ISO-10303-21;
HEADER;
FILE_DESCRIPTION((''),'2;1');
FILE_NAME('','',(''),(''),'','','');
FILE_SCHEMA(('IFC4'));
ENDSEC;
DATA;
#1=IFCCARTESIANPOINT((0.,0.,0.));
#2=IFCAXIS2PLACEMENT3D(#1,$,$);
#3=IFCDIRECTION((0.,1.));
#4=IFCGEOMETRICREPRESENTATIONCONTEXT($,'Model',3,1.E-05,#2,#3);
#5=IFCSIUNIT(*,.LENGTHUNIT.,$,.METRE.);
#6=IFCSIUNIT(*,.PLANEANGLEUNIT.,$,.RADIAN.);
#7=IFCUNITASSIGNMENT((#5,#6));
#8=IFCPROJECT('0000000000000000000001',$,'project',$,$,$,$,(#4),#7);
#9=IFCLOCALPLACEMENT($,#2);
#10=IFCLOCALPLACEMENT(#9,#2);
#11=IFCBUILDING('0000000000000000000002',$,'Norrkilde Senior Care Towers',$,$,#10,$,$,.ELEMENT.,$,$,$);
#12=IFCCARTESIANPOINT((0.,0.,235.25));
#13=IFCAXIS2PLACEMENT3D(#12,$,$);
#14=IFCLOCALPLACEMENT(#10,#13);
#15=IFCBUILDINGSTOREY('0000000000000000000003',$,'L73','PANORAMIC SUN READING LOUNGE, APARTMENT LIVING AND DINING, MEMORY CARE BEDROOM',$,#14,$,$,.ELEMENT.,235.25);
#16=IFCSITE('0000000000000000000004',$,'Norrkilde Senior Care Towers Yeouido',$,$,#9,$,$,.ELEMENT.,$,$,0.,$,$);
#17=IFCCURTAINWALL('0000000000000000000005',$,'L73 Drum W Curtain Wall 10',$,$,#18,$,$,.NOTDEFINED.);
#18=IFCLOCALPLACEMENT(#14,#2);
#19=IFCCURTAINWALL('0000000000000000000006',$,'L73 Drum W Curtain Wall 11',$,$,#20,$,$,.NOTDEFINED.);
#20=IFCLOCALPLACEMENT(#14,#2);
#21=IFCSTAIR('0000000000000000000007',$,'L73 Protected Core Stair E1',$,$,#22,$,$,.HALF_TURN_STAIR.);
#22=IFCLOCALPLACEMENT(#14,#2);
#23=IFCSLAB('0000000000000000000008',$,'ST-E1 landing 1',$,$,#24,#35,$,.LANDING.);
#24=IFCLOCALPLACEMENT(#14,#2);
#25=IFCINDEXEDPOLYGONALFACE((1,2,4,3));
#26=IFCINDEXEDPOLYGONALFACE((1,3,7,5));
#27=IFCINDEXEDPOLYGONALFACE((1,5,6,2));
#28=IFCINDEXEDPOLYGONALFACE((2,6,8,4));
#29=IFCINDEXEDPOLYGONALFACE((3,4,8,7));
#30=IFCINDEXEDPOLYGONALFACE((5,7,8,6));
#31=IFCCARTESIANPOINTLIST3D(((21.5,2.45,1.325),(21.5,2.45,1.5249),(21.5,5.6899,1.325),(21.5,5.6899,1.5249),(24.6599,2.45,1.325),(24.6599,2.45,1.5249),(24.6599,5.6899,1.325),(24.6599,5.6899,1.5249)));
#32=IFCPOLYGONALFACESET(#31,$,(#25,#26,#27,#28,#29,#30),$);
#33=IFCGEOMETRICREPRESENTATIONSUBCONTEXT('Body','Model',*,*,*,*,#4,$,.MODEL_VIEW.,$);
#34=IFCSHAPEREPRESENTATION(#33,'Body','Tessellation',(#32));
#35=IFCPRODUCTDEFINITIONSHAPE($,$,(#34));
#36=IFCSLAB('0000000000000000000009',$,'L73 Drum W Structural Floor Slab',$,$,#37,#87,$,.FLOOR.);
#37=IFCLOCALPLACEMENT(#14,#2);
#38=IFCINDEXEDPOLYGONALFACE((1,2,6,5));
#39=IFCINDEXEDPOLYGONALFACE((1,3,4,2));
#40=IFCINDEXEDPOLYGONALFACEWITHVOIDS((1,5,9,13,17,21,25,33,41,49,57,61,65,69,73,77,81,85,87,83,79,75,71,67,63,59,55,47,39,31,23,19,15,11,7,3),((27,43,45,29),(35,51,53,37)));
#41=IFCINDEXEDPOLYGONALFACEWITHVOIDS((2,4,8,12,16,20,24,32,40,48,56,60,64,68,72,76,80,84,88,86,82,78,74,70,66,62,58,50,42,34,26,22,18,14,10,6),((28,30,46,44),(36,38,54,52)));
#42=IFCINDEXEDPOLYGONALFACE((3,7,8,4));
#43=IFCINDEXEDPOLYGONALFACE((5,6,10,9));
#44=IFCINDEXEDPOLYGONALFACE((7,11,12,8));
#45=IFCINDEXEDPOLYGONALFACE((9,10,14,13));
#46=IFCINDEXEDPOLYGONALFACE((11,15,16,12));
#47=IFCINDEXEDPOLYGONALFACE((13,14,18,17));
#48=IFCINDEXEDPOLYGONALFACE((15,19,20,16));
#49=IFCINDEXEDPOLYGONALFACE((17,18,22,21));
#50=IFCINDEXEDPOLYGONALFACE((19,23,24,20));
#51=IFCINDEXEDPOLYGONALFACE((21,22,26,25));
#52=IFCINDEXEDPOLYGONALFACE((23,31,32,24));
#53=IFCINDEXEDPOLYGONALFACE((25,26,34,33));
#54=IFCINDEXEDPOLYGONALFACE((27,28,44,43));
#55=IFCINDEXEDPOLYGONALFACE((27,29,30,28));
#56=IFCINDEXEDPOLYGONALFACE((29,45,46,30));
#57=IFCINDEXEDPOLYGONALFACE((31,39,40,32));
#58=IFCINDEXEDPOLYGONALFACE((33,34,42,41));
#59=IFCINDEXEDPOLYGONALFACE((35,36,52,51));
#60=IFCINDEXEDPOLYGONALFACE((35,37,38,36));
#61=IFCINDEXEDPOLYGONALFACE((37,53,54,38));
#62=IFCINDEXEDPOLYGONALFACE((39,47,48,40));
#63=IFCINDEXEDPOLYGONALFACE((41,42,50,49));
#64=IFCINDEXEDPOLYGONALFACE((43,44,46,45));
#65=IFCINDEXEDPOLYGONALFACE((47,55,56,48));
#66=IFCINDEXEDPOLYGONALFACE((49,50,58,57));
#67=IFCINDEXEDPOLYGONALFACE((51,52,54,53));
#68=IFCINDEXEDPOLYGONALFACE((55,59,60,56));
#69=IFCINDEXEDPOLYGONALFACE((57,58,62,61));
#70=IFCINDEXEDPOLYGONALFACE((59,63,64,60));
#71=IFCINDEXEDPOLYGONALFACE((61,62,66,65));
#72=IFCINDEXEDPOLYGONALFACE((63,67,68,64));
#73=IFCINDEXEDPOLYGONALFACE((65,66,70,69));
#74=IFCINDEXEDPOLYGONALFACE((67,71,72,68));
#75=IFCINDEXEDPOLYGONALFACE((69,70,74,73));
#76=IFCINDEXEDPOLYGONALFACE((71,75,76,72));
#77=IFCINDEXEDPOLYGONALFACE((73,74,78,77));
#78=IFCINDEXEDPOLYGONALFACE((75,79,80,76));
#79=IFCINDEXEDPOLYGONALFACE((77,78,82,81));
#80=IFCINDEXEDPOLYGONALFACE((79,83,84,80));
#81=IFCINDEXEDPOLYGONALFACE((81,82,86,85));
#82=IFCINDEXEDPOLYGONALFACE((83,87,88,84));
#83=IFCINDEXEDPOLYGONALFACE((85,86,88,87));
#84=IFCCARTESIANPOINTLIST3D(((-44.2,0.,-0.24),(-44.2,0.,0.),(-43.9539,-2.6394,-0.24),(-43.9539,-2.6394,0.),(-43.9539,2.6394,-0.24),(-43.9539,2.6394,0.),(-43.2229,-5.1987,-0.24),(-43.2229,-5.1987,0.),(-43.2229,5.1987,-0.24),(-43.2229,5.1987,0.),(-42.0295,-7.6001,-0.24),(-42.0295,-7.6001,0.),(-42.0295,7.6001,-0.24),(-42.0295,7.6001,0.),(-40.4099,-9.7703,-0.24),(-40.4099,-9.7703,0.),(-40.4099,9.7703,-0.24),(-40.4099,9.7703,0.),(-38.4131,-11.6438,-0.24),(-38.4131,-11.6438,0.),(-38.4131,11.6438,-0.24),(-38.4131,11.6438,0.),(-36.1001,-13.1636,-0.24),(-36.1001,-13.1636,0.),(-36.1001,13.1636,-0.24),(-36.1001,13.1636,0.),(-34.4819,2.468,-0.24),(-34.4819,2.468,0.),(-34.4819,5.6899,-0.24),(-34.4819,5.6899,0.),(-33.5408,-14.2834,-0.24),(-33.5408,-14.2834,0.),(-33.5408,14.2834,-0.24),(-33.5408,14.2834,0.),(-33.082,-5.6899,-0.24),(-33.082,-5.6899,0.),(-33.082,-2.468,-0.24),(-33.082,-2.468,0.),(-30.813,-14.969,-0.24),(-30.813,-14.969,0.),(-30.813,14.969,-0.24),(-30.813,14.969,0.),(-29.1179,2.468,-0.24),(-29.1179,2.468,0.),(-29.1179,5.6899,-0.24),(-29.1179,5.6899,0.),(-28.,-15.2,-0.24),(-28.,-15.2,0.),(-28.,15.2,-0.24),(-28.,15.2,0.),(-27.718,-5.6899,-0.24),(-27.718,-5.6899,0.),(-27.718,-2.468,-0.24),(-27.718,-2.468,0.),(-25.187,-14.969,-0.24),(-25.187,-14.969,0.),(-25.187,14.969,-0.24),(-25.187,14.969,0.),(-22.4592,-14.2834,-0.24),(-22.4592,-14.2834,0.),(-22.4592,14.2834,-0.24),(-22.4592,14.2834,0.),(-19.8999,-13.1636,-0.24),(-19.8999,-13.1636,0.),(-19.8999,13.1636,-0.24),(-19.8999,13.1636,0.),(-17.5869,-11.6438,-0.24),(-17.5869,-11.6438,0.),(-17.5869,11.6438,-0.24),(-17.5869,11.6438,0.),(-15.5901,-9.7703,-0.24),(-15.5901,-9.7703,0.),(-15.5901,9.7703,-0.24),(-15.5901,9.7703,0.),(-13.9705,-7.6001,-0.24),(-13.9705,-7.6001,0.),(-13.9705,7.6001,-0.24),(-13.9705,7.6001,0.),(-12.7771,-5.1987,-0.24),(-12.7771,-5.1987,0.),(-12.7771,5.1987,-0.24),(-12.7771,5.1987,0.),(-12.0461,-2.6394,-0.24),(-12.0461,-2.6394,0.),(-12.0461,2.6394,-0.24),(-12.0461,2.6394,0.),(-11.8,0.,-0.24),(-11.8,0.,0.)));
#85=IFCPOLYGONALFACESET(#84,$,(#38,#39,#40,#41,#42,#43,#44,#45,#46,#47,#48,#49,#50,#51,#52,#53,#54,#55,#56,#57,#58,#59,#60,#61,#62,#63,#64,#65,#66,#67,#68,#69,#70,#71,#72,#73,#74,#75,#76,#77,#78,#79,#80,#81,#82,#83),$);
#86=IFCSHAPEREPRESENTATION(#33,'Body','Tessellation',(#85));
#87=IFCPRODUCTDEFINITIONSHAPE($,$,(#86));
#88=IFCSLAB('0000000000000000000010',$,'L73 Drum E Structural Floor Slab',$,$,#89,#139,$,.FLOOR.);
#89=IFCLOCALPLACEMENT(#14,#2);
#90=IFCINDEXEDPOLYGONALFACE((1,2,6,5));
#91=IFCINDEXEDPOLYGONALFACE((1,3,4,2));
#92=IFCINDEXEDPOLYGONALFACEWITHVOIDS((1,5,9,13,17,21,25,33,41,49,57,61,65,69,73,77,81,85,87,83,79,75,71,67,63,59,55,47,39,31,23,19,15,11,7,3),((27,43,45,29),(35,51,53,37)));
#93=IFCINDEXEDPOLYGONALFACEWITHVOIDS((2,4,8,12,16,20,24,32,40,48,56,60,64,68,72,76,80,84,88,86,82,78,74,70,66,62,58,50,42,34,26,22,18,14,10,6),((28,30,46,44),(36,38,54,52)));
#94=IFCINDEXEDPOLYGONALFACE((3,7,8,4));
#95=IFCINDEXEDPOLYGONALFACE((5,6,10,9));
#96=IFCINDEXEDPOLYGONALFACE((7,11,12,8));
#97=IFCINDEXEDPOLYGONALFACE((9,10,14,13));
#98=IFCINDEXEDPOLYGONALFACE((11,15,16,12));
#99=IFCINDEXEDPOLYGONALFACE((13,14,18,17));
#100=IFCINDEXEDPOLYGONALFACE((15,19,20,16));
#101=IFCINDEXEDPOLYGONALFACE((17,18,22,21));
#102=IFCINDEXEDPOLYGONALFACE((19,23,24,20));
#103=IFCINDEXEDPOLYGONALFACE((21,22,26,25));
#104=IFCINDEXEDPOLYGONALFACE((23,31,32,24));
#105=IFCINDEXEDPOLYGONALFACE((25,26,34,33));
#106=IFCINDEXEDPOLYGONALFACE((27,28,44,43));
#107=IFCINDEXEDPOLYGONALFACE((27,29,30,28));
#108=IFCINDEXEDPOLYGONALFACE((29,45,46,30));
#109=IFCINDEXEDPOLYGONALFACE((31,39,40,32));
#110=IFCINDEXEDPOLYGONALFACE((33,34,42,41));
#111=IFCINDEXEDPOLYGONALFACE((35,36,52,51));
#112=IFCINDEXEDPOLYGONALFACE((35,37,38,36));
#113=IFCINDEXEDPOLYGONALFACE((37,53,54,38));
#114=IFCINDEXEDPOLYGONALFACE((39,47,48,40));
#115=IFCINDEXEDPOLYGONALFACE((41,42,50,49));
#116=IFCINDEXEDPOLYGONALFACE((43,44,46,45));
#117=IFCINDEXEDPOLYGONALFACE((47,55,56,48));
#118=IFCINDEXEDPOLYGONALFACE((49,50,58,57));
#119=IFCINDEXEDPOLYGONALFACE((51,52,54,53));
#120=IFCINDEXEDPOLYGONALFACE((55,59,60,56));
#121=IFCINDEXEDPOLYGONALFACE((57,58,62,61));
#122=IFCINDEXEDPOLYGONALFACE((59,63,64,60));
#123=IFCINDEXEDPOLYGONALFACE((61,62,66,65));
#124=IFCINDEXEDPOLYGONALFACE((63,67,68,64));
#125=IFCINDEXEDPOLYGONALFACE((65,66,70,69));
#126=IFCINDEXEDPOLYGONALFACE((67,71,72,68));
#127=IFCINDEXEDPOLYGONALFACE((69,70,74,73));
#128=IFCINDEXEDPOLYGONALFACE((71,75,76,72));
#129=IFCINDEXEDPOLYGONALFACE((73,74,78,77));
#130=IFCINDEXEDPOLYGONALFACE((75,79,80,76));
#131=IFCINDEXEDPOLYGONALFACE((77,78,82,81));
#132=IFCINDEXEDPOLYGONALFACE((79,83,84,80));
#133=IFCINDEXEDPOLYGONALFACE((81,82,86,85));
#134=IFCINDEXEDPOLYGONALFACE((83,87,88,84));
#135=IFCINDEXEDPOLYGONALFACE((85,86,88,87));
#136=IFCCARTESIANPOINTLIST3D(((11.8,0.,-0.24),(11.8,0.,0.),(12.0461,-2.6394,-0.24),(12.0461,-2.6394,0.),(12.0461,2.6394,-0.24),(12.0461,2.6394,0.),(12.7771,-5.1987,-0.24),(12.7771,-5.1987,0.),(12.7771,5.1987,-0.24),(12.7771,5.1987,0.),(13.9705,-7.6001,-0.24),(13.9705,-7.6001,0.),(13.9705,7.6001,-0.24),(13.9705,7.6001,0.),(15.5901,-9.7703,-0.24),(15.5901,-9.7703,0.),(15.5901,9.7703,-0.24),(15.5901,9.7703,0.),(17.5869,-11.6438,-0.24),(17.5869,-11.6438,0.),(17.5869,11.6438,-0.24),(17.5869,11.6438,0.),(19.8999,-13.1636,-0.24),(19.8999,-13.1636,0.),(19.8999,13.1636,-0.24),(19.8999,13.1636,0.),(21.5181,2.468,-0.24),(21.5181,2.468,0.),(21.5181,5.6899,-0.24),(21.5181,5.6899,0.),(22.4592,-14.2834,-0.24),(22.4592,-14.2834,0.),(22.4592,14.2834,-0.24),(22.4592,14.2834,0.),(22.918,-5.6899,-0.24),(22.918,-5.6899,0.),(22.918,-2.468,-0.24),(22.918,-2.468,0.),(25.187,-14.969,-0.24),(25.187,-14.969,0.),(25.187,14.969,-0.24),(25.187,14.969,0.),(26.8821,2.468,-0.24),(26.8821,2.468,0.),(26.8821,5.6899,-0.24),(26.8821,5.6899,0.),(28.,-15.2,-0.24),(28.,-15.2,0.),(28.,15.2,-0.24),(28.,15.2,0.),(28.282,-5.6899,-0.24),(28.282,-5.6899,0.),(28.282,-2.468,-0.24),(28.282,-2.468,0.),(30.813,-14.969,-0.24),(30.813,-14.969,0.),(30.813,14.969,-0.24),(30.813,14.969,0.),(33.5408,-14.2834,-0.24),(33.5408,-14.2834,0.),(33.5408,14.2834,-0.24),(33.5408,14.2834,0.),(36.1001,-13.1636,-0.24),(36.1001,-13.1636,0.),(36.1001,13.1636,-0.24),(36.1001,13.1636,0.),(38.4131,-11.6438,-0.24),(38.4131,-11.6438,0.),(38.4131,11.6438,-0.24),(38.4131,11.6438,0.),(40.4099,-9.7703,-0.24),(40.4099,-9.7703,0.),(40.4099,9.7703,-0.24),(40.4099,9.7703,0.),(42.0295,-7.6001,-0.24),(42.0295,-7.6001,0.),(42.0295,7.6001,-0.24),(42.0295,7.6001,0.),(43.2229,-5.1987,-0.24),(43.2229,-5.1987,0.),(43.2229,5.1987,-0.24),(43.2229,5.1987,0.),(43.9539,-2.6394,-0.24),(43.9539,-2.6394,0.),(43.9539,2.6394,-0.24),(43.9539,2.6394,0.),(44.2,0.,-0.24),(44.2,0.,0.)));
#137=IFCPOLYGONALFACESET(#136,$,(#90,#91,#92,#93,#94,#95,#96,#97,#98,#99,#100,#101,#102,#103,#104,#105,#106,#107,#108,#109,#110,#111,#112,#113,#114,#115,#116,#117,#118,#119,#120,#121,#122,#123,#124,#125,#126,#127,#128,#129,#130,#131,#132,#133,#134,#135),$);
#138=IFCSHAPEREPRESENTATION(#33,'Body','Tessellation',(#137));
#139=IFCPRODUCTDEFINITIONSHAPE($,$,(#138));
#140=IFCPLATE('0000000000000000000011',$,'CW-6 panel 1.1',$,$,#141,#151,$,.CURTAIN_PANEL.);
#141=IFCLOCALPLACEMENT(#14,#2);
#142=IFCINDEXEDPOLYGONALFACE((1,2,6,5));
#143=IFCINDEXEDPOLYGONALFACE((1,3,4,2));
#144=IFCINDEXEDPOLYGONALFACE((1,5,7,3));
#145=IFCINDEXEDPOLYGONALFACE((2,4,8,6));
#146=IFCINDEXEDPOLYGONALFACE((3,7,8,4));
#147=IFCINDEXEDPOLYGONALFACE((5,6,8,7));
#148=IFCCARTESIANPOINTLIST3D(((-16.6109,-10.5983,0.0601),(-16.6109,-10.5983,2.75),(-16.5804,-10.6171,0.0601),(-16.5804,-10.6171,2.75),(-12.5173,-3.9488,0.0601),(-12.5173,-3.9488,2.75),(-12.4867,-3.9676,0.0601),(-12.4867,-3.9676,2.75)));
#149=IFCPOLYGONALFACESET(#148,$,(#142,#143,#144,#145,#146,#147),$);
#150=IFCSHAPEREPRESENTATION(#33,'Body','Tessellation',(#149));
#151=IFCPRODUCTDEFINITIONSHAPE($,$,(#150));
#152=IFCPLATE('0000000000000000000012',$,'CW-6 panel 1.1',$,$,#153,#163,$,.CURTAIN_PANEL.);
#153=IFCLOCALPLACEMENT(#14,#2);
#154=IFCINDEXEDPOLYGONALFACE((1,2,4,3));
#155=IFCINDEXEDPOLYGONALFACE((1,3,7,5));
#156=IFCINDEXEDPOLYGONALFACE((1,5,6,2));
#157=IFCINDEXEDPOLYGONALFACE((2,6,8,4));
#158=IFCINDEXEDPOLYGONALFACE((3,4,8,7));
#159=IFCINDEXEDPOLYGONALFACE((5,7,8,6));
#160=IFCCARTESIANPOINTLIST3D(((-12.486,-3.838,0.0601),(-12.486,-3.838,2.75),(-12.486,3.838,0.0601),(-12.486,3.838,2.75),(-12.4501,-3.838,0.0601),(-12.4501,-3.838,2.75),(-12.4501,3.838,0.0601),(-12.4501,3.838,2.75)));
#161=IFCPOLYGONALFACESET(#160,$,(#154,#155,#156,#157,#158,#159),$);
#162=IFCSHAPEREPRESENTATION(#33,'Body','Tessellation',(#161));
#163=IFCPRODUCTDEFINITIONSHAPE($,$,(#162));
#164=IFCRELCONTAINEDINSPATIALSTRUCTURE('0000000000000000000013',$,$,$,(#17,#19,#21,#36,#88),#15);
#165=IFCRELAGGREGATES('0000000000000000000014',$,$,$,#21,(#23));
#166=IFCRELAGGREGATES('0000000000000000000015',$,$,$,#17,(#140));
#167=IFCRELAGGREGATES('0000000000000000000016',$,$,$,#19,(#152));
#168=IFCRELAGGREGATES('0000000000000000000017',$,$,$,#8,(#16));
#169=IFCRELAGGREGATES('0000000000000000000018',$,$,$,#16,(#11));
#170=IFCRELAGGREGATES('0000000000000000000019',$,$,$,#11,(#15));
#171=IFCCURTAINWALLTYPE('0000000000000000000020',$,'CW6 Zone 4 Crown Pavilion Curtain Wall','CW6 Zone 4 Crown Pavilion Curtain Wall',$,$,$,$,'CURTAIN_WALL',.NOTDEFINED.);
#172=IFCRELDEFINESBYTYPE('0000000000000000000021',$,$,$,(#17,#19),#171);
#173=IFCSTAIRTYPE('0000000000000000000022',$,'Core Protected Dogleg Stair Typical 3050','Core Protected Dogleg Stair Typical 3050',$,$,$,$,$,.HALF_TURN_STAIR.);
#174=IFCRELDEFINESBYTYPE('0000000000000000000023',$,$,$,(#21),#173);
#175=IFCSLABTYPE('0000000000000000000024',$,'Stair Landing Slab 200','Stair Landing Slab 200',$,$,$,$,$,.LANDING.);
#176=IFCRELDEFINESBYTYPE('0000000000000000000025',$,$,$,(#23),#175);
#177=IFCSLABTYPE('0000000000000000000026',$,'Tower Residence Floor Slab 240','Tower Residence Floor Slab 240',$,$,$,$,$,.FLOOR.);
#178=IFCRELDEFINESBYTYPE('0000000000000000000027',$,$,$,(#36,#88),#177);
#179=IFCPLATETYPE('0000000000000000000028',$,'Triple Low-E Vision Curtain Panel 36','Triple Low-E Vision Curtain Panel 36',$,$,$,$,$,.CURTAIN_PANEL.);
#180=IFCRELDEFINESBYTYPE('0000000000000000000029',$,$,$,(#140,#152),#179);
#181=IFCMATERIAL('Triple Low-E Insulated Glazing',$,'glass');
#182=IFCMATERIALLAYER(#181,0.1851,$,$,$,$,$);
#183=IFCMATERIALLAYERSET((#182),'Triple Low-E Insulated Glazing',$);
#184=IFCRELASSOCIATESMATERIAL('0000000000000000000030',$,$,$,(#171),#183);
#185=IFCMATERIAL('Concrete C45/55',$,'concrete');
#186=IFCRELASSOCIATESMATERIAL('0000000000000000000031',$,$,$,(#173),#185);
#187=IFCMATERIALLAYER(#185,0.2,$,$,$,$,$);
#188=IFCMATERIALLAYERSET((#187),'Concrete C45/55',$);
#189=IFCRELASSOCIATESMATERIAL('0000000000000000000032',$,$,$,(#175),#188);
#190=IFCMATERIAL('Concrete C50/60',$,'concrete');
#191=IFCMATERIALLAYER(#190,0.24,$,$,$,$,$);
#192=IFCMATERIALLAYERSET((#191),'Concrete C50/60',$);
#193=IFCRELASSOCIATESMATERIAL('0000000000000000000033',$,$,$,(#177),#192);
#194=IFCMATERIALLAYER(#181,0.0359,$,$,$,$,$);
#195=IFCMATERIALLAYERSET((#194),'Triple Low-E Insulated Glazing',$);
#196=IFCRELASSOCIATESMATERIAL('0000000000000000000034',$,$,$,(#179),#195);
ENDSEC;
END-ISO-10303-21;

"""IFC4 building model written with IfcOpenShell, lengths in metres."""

from ifc_helpers import new_model, si_unit, direction, frame, origin, origin_2d, place, context, subcontext, project, spatial, polyline, rectangle, outline, extrude, source, transform, mapped, material, layer, layer_set, type_object, type_shapes, element, aggregate, save


model = new_model("IFC4")

# Units and contexts
model_context = context("Model", 3, precision=1e-05, world=origin(), true_north=direction((0.0, 1.0)))
body_context = subcontext(model_context, "Body", "Model", "MODEL_VIEW")
ifc_project = project(units=[si_unit("LENGTHUNIT", "METRE"), si_unit("PLANEANGLEUNIT", "RADIAN")], contexts=[model_context])

# Site, building, storey
site_placement = place(None, origin())
site = spatial("IfcSite", under=ifc_project, at=site_placement, Name="Norrkilde Senior Care Towers Yeouido", CompositionType="ELEMENT", RefElevation=0.0)
building_placement = place(site_placement, origin())
building = spatial("IfcBuilding", under=site, at=building_placement, Name="Norrkilde Senior Care Towers", CompositionType="ELEMENT")
storey_placement = place(building_placement, frame((0.0, 0.0, 235.25)))
storey = spatial("IfcBuildingStorey", under=building, at=storey_placement, Name="L73", Description="PANORAMIC SUN READING LOUNGE, APARTMENT LIVING AND DINING, MEMORY CARE BEDROOM", CompositionType="ELEMENT", Elevation=235.25)

# Shared definitions
ifc_material_1 = material(Name="Concrete C50/60", Category="concrete")

# Shared definitions
ifc_material_2 = material(Name="Triple Low-E Insulated Glazing", Category="glass")
ifc_layer_1 = layer(ifc_material_2, 0.1851)
ifc_layer_set_1 = layer_set([ifc_layer_1], Name="Triple Low-E Insulated Glazing")
curtain_wall_type = type_object("IfcCurtainWallType", Name="CW6 Zone 4 Crown Pavilion Curtain Wall", Description="CW6 Zone 4 Crown Pavilion Curtain Wall", ElementType="CURTAIN_WALL", PredefinedType="NOTDEFINED", material=ifc_layer_set_1)

# Curtain wall
curtain_wall_1_placement = place(storey_placement, origin())
curtain_wall_1 = element("IfcCurtainWall", 1, at=curtain_wall_1_placement, inside=storey, type_object=curtain_wall_type, Name="L73 Drum W Curtain Wall 10", PredefinedType="NOTDEFINED")

# Curtain wall
curtain_wall_2_placement = place(storey_placement, origin())
curtain_wall_2 = element("IfcCurtainWall", 2, at=curtain_wall_2_placement, inside=storey, type_object=curtain_wall_type, Name="L73 Drum W Curtain Wall 11", PredefinedType="NOTDEFINED")

# Stair, slab
ifc_material_3 = material(Name="Concrete C45/55", Category="concrete")
stair_type = type_object("IfcStairType", Name="Core Protected Dogleg Stair Typical 3050", Description="Core Protected Dogleg Stair Typical 3050", PredefinedType="HALF_TURN_STAIR", material=ifc_material_3)
ifc_layer_2 = layer(ifc_material_3, 0.2)
ifc_layer_set_2 = layer_set([ifc_layer_2], Name="Concrete C45/55")
slab_type_1 = type_object("IfcSlabType", Name="Stair Landing Slab 200", Description="Stair Landing Slab 200", PredefinedType="LANDING", material=ifc_layer_set_2)
stair_1_placement = place(storey_placement, origin())
stair_1 = element("IfcStair", 3, at=stair_1_placement, inside=storey, type_object=stair_type, Name="L73 Protected Core Stair E1", PredefinedType="HALF_TURN_STAIR")
slab_1_placement = place(storey_placement, frame((0.0, 0.0, 1.325)))
slab_1 = element("IfcSlab", 4, at=slab_1_placement, type_object=slab_type_1, Name="ST-E1 landing 1", PredefinedType="LANDING", context=body_context, shape_type="SweptSolid", body=[
    extrude(outline(polyline([(24.6599, 5.6899), (21.5, 5.6899), (21.5, 2.45), (24.6599, 2.45), (24.6599, 5.6899)])), origin(), (0.0, 0.0, 1.0), 0.2),
])
aggregate(stair_1, [slab_1])

# Slabs
ifc_layer_3 = layer(ifc_material_1, 0.24)
ifc_layer_set_3 = layer_set([ifc_layer_3], Name="Concrete C50/60")
slab_type_2 = type_object("IfcSlabType", Name="Tower Residence Floor Slab 240", Description="Tower Residence Floor Slab 240", PredefinedType="FLOOR", material=ifc_layer_set_3)
slab_2_placement = place(storey_placement, frame((0.0, 0.0, -0.24)))
element("IfcSlab", 5, at=slab_2_placement, inside=storey, type_object=slab_type_2, Name="L73 Drum W Structural Floor Slab", PredefinedType="FLOOR", context=body_context, shape_type="SweptSolid", body=[
    extrude(outline(polyline([(-12.7771, -5.1987), (-13.9705, -7.6001), (-15.5901, -9.7703), (-17.5869, -11.6438), (-19.8999, -13.1636), (-22.4592, -14.2834), (-25.187, -14.969), (-28.0, -15.2), (-30.813, -14.969), (-33.5408, -14.2834), (-36.1001, -13.1636), (-38.4131, -11.6438), (-40.4099, -9.7703), (-42.0295, -7.6001), (-43.2229, -5.1987), (-43.9539, -2.6394), (-44.2, 0.0), (-43.9539, 2.6394), (-43.2229, 5.1987), (-42.0295, 7.6001), (-40.4099, 9.7703), (-38.4131, 11.6438), (-36.1001, 13.1636), (-33.5408, 14.2834), (-30.813, 14.969), (-28.0, 15.2), (-25.187, 14.969), (-22.4592, 14.2834), (-19.8999, 13.1636), (-17.5869, 11.6438), (-15.5901, 9.7703), (-13.9705, 7.6001), (-12.7771, 5.1987), (-12.0461, 2.6394), (-11.8, 0.0), (-12.0461, -2.6394), (-12.7771, -5.1987)]), holes=[polyline([(-34.4819, 2.468), (-29.1179, 2.468), (-29.1179, 5.6899), (-34.4819, 5.6899), (-34.4819, 2.468)]), polyline([(-27.718, -5.6899), (-27.718, -2.468), (-33.082, -2.468), (-33.082, -5.6899), (-27.718, -5.6899)])]), origin(), (0.0, 0.0, 1.0), 0.24),
])
slab_3_placement = place(storey_placement, frame((0.0, 0.0, -0.24)))
element("IfcSlab", 6, at=slab_3_placement, inside=storey, type_object=slab_type_2, Name="L73 Drum E Structural Floor Slab", PredefinedType="FLOOR", context=body_context, shape_type="SweptSolid", body=[
    extrude(outline(polyline([(43.2229, -5.1987), (42.0295, -7.6001), (40.4099, -9.7703), (38.4131, -11.6438), (36.1001, -13.1636), (33.5408, -14.2834), (30.813, -14.969), (28.0, -15.2), (25.187, -14.969), (22.4592, -14.2834), (19.8999, -13.1636), (17.5869, -11.6438), (15.5901, -9.7703), (13.9705, -7.6001), (12.7771, -5.1987), (12.0461, -2.6394), (11.8, 0.0), (12.0461, 2.6394), (12.7771, 5.1987), (13.9705, 7.6001), (15.5901, 9.7703), (17.5869, 11.6438), (19.8999, 13.1636), (22.4592, 14.2834), (25.187, 14.969), (28.0, 15.2), (30.813, 14.969), (33.5408, 14.2834), (36.1001, 13.1636), (38.4131, 11.6438), (40.4099, 9.7703), (42.0295, 7.6001), (43.2229, 5.1987), (43.9539, 2.6394), (44.2, 0.0), (43.9539, -2.6394), (43.2229, -5.1987)]), holes=[polyline([(21.5181, 2.468), (26.8821, 2.468), (26.8821, 5.6899), (21.5181, 5.6899), (21.5181, 2.468)]), polyline([(28.282, -5.6899), (28.282, -2.468), (22.918, -2.468), (22.918, -5.6899), (28.282, -5.6899)])]), origin(), (0.0, 0.0, 1.0), 0.24),
])

# Plates
ifc_layer_4 = layer(ifc_material_2, 0.0359)
ifc_layer_set_4 = layer_set([ifc_layer_4], Name="Triple Low-E Insulated Glazing")
plate_type = type_object("IfcPlateType", Name="Triple Low-E Vision Curtain Panel 36", Description="Triple Low-E Vision Curtain Panel 36", PredefinedType="CURTAIN_PANEL", material=ifc_layer_set_4)
shared_shape_1 = source(origin(), body_context, "Body", "SweptSolid", [
    extrude(rectangle(XDim=7.8086, YDim=0.0359, at=origin_2d()), origin(), (0.0, 0.0, 1.0), 2.6899),
])
plate_1_placement = place(storey_placement, frame((-14.5488, -7.283, 0.0601), z_axis=(0.0, 0.0, 1.0), x_axis=(-0.524253, -0.851563, 0.0)))
plate_1 = element("IfcPlate", 7, at=plate_1_placement, type_object=plate_type, Name="CW-6 panel 1.1", PredefinedType="CURTAIN_PANEL", context=body_context, shape_type="MappedRepresentation", body=[
    mapped(shared_shape_1, transform((0.0, 0.0, 0.0), x_axis=(1.0, 0.0, 0.0), y_axis=(0.0, 1.0, 0.0), z_axis=(0.0, 0.0, 1.0), scale=1.0)),
])
aggregate(curtain_wall_1, [plate_1])
shared_shape_2 = source(origin(), body_context, "Body", "SweptSolid", [
    extrude(rectangle(XDim=7.676, YDim=0.0359, at=origin_2d()), origin(), (0.0, 0.0, 1.0), 2.6899),
])
type_shapes(plate_type, [shared_shape_1, shared_shape_2])
plate_2_placement = place(storey_placement, frame((-12.468, 0.0, 0.0601), z_axis=(0.0, 0.0, 1.0), x_axis=(0.0, -1.0, 0.0)))
plate_2 = element("IfcPlate", 8, at=plate_2_placement, type_object=plate_type, Name="CW-6 panel 1.1", PredefinedType="CURTAIN_PANEL", context=body_context, shape_type="MappedRepresentation", body=[
    mapped(shared_shape_2, transform((0.0, 0.0, 0.0), x_axis=(1.0, 0.0, 0.0), y_axis=(0.0, 1.0, 0.0), z_axis=(0.0, 0.0, 1.0), scale=1.0)),
])
aggregate(curtain_wall_2, [plate_2])

save(model, "model.ifc")
